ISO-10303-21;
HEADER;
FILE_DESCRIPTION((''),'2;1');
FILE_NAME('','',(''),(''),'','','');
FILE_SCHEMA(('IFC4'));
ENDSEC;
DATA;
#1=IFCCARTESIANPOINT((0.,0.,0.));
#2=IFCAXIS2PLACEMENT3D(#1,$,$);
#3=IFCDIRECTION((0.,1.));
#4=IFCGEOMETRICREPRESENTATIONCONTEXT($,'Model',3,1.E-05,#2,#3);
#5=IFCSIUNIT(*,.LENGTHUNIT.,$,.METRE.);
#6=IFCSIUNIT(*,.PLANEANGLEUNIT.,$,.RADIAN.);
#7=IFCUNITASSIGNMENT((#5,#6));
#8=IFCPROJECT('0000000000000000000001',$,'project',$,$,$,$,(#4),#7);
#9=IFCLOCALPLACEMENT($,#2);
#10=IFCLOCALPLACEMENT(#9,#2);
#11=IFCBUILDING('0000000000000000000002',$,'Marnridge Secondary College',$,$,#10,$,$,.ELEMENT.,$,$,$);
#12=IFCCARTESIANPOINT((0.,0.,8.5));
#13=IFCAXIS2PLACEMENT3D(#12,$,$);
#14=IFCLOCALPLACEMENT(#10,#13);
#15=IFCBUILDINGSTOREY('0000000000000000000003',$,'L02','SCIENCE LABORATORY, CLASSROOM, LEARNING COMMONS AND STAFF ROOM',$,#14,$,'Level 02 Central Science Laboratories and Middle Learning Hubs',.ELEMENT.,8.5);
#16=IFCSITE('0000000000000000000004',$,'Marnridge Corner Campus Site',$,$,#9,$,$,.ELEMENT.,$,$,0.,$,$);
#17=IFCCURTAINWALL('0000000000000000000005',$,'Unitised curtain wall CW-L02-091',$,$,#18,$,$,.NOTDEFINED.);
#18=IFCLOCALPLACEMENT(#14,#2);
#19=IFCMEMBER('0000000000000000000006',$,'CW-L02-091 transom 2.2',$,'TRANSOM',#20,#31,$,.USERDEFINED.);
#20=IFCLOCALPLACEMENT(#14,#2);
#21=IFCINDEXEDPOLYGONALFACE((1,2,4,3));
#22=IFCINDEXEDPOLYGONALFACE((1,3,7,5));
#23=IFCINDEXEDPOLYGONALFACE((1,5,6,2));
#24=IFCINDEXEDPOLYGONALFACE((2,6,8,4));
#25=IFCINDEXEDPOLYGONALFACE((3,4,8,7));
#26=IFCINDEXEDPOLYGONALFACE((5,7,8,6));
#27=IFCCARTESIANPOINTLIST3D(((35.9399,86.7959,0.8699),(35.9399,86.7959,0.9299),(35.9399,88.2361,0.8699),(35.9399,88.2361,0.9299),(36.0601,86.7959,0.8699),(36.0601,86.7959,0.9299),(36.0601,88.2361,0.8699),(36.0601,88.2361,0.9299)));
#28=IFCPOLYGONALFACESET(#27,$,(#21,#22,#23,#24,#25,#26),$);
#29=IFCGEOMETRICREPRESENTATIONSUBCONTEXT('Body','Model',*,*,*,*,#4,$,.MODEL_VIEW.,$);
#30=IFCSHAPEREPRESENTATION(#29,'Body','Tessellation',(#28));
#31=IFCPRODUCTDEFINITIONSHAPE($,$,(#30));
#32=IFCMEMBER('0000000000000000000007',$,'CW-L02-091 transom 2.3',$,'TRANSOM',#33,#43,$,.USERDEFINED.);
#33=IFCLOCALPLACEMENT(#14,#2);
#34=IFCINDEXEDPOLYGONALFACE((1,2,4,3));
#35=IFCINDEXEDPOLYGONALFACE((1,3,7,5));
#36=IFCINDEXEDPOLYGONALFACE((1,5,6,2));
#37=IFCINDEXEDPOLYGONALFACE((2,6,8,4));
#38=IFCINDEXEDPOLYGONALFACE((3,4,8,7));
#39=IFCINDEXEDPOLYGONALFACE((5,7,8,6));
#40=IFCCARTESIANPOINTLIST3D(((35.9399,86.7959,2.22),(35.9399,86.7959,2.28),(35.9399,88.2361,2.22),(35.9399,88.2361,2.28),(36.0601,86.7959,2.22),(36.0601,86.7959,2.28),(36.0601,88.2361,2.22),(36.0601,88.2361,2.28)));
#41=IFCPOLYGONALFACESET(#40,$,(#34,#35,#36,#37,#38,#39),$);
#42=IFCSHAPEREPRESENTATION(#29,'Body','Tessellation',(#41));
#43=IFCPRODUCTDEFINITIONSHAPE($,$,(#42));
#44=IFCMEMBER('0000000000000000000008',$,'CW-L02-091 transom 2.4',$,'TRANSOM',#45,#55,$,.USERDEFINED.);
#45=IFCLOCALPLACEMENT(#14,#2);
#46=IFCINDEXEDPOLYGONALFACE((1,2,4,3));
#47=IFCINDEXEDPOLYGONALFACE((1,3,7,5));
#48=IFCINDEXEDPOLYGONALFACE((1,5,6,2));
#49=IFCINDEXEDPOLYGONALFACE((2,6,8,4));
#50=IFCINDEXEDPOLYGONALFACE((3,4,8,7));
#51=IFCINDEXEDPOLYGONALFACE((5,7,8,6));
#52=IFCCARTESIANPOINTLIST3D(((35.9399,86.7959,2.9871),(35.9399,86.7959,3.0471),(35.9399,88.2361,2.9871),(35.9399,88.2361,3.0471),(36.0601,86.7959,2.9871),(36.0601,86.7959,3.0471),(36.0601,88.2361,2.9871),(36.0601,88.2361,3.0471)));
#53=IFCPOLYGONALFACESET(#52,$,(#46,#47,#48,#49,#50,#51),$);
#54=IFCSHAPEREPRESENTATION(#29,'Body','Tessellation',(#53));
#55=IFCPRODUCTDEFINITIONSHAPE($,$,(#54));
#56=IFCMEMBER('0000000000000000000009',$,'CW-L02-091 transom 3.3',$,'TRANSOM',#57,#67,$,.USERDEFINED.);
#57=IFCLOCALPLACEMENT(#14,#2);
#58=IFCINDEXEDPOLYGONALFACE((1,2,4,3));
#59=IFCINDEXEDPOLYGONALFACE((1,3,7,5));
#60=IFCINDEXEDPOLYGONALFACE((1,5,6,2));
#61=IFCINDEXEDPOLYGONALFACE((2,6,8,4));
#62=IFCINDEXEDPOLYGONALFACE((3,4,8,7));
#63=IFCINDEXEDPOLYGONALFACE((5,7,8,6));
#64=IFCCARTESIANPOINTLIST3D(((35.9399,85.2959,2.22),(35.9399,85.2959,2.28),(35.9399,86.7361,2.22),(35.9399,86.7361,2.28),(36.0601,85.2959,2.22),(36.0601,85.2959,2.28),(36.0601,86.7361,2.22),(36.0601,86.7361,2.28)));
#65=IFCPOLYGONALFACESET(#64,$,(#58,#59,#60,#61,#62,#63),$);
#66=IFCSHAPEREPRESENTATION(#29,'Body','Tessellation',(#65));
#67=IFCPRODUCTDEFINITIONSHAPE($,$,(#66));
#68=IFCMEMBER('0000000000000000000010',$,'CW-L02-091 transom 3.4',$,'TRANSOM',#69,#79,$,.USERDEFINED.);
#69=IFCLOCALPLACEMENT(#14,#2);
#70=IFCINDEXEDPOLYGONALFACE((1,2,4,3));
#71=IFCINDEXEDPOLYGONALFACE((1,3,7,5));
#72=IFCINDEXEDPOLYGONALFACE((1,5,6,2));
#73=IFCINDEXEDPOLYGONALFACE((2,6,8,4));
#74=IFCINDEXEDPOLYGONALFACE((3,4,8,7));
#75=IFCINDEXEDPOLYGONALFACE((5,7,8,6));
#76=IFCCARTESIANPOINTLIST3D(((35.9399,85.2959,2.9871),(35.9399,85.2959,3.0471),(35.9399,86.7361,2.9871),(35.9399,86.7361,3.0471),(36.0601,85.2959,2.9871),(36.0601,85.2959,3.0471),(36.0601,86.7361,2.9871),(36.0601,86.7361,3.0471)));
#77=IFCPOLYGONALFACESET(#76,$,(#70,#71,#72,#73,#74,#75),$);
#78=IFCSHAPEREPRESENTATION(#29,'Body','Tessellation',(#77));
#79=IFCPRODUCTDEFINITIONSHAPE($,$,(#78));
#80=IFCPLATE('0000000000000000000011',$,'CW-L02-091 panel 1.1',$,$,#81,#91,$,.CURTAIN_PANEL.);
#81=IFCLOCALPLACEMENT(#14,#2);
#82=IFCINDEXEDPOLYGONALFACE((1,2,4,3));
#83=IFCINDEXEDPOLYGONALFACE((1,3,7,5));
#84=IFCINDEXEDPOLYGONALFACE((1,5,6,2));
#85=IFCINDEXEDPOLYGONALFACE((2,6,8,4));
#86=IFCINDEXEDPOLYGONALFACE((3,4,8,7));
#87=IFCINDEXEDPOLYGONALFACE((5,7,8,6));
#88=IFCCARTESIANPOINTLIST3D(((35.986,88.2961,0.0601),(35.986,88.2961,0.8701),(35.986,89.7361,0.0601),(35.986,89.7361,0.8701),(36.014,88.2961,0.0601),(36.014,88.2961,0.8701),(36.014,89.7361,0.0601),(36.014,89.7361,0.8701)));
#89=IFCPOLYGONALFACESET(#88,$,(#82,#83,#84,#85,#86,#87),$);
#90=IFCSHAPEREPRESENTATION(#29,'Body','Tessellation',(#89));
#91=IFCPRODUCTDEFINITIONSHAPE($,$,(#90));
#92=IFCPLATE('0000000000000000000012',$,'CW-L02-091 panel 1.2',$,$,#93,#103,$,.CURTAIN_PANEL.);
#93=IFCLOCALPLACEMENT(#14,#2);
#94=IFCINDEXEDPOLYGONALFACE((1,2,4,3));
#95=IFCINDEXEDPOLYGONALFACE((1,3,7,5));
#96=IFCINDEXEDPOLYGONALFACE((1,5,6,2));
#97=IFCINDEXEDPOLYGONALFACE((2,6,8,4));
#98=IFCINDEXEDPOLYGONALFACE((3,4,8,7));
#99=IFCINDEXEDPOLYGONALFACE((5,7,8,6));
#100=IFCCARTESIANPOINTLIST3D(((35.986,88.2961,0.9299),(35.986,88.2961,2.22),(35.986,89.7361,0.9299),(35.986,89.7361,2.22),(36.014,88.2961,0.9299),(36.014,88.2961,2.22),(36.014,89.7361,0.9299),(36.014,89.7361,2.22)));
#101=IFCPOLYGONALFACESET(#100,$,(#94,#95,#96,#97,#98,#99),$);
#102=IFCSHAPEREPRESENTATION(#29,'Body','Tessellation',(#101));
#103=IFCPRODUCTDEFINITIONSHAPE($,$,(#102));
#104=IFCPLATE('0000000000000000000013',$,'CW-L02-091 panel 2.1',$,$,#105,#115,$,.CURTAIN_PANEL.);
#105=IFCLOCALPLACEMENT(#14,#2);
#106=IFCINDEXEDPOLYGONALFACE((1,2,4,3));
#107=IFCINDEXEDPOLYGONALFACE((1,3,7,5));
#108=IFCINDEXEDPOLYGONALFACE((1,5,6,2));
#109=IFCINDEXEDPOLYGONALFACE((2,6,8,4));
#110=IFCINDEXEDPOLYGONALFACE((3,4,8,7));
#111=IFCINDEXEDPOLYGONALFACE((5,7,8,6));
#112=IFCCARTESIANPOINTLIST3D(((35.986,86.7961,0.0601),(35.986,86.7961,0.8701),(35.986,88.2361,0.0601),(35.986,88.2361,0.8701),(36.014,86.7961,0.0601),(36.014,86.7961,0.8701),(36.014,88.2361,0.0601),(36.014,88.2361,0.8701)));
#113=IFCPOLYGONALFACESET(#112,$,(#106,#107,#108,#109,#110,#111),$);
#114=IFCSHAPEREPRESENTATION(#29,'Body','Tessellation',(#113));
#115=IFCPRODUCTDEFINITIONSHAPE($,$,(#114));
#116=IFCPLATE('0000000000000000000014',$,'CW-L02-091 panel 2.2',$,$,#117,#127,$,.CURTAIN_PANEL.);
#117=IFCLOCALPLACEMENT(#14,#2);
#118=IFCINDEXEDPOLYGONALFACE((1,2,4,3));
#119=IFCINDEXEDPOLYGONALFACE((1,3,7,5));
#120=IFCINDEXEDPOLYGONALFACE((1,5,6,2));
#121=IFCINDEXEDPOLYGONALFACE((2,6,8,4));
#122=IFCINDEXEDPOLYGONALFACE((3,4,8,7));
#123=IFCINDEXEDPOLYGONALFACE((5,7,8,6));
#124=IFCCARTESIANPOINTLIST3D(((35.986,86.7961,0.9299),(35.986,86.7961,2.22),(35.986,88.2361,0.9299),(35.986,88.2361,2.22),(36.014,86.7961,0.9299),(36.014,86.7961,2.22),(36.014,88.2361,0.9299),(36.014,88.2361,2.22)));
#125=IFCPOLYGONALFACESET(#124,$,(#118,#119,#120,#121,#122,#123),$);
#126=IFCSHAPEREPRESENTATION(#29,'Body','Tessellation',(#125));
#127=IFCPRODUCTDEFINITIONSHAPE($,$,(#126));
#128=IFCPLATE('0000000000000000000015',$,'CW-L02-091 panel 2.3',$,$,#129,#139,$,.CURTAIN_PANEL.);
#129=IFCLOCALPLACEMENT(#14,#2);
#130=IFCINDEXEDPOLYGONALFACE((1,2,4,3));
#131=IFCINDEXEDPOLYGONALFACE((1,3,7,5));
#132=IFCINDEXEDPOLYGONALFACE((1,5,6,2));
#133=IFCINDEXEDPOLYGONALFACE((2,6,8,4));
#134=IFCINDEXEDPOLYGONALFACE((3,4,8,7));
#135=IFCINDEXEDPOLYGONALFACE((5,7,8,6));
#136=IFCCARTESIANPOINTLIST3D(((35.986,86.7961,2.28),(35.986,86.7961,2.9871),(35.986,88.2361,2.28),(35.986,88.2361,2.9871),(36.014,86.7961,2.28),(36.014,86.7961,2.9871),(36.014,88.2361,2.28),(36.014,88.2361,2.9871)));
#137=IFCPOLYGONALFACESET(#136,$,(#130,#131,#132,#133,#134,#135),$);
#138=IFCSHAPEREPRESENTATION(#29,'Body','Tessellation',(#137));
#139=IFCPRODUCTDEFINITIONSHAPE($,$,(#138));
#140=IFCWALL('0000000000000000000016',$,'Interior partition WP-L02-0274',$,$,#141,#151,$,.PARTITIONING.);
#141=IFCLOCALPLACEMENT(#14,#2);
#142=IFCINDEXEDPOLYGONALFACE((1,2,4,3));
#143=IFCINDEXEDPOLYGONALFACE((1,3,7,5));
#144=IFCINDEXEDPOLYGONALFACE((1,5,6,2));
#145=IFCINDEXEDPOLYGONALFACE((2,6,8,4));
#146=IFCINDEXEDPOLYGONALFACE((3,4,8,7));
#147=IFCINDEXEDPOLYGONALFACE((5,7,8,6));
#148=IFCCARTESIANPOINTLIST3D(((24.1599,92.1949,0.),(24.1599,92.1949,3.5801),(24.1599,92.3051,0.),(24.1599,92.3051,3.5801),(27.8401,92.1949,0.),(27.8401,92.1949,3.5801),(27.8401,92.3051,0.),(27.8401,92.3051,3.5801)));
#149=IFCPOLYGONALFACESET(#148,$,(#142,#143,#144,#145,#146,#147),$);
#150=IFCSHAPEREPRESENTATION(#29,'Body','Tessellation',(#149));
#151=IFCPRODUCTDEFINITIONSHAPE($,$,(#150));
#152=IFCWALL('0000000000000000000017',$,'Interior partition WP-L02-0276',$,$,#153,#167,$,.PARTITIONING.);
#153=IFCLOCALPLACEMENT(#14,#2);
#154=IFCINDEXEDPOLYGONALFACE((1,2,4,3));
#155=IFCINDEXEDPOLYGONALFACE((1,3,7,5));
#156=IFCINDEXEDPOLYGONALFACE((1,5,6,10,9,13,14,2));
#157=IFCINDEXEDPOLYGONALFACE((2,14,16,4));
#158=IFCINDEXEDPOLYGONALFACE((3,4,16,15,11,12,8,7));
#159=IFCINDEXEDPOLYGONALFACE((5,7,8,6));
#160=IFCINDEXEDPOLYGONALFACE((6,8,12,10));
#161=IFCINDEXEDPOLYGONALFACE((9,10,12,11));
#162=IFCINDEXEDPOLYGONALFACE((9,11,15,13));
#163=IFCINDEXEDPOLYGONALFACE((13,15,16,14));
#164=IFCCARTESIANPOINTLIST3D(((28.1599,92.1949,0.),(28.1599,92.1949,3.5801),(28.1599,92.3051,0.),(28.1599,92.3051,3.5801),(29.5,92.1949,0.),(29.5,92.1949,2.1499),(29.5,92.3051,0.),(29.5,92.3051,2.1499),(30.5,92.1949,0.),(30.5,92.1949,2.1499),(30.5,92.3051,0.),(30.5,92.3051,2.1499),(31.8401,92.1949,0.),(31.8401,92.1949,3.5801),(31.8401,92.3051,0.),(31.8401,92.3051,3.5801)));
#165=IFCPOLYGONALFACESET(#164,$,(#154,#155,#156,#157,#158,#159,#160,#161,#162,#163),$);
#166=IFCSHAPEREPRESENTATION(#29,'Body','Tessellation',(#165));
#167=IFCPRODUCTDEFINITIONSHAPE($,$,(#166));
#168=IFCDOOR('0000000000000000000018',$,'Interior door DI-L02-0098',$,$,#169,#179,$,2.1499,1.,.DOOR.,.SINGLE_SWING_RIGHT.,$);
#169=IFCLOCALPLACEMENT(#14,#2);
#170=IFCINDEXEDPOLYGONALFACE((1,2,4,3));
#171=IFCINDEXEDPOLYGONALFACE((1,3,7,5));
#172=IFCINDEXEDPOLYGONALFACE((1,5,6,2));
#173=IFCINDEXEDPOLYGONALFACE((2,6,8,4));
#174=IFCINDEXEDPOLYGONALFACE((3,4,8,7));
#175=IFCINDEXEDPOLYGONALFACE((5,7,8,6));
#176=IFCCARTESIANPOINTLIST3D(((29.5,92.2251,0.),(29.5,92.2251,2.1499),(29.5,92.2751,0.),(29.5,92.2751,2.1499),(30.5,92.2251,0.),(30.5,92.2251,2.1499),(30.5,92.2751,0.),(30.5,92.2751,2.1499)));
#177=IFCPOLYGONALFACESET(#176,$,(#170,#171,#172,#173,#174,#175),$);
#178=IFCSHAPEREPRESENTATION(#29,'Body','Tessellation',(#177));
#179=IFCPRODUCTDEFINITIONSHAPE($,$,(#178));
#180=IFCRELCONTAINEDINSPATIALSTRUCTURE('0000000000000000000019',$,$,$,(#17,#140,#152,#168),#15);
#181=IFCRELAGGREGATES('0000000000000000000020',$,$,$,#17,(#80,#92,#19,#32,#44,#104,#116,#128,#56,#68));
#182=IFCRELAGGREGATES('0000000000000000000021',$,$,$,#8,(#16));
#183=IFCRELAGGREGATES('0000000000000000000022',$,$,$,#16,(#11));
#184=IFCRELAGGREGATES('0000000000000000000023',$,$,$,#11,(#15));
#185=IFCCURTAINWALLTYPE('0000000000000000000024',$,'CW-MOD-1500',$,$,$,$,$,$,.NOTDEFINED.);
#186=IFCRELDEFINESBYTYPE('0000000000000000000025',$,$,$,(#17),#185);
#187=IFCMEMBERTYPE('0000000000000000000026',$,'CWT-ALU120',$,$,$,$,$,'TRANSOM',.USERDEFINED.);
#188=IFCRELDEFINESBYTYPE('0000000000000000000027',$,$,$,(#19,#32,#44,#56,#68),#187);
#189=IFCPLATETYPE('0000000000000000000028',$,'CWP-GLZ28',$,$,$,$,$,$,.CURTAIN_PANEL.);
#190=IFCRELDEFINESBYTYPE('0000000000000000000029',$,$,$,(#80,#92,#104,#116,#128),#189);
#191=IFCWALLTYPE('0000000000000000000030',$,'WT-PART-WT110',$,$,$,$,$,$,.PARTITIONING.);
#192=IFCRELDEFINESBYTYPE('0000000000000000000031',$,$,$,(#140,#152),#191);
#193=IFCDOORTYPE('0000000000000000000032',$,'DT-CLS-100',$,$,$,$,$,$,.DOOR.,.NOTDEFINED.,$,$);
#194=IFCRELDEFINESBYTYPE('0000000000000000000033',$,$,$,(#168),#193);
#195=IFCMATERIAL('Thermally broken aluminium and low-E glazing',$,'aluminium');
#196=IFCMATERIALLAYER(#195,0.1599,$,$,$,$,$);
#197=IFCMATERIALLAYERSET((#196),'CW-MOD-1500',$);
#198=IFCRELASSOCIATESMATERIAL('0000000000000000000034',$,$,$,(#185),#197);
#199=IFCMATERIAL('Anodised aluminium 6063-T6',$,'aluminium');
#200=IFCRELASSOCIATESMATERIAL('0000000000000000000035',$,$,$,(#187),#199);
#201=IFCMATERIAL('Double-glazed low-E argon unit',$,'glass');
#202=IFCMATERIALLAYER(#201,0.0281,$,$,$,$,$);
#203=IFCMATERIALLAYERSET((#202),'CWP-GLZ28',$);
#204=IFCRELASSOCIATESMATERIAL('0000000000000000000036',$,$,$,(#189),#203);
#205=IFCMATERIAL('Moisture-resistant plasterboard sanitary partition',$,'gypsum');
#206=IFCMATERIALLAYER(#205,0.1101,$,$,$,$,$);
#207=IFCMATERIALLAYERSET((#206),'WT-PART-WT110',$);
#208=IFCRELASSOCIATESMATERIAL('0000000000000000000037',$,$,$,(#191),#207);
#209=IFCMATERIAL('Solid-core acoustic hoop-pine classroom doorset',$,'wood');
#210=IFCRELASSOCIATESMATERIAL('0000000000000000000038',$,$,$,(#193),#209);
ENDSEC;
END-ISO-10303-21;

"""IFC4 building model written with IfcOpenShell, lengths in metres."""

from ifc_helpers import new_model, si_unit, direction, frame, frame_2d, origin, origin_2d, place, context, subcontext, project, spatial, rectangle, extrude, material, layer, layer_set, material_profile, profile_set, type_object, element, fill, aggregate, save


model = new_model("IFC4")

# Units and contexts
model_context = context("Model", 3, precision=1e-05, world=origin(), true_north=direction((0.0, 1.0)))
body_context = subcontext(model_context, "Body", "Model", "MODEL_VIEW")
ifc_project = project(units=[si_unit("LENGTHUNIT", "METRE"), si_unit("PLANEANGLEUNIT", "RADIAN")], contexts=[model_context])

# Site, building, storey
site_placement = place(None, origin())
site = spatial("IfcSite", under=ifc_project, at=site_placement, Name="Marnridge Corner Campus Site", CompositionType="ELEMENT", RefElevation=0.0)
building_placement = place(site_placement, origin())
building = spatial("IfcBuilding", under=site, at=building_placement, Name="Marnridge Secondary College", CompositionType="ELEMENT")
storey_placement = place(building_placement, frame((0.0, 0.0, 8.5)))
storey = spatial("IfcBuildingStorey", under=building, at=storey_placement, Name="L02", Description="SCIENCE LABORATORY, CLASSROOM, LEARNING COMMONS AND STAFF ROOM", LongName="Level 02 Central Science Laboratories and Middle Learning Hubs", CompositionType="ELEMENT", Elevation=8.5)

# Curtain wall, members, plates
ifc_material_1 = material(Name="Thermally broken aluminium and low-E glazing", Category="aluminium")
ifc_layer_1 = layer(ifc_material_1, 0.1599)
ifc_layer_set_1 = layer_set([ifc_layer_1], Name="CW-MOD-1500")
curtain_wall_type = type_object("IfcCurtainWallType", Name="CW-MOD-1500", PredefinedType="NOTDEFINED", material=ifc_layer_set_1)
curtain_wall_placement = place(storey_placement, origin())
curtain_wall = element("IfcCurtainWall", 1, at=curtain_wall_placement, inside=storey, type_object=curtain_wall_type, Name="Unitised curtain wall CW-L02-091", PredefinedType="NOTDEFINED")
ifc_material_2 = material(Name="Anodised aluminium 6063-T6", Category="aluminium")
ifc_material_profile_1 = material_profile(ifc_material_2, rectangle(XDim=0.0601, YDim=0.1201, at=origin_2d()), Name="ALU 60x120")
ifc_profile_set_1 = profile_set([ifc_material_profile_1], Name="Anodised aluminium 6063-T6")
member_type_1 = type_object("IfcMemberType", Name="CWT-ALU120", ElementType="TRANSOM", PredefinedType="USERDEFINED", material=ifc_profile_set_1)
member_1_placement = place(storey_placement, frame((36.0, 88.2361, 0.8999), z_axis=(0.0, -1.0, 0.0), x_axis=(0.0, 0.0, 1.0)))
member_1 = element("IfcMember", 2, at=member_1_placement, type_object=member_type_1, Name="CW-L02-091 transom 2.2", ObjectType="TRANSOM", PredefinedType="USERDEFINED", context=body_context, shape_type="SweptSolid", body=[
    extrude(rectangle(XDim=0.0601, YDim=0.1201, at=origin_2d()), origin(), (0.0, 0.0, 1.0), 1.4402),
])
member_2_placement = place(storey_placement, frame((36.0, 88.2361, 2.25), z_axis=(0.0, -1.0, 0.0), x_axis=(0.0, 0.0, 1.0)))
member_2 = element("IfcMember", 3, at=member_2_placement, type_object=member_type_1, Name="CW-L02-091 transom 2.3", ObjectType="TRANSOM", PredefinedType="USERDEFINED", context=body_context, shape_type="SweptSolid", body=[
    extrude(rectangle(XDim=0.0601, YDim=0.1201, at=origin_2d()), origin(), (0.0, 0.0, 1.0), 1.4402),
])
member_3_placement = place(storey_placement, frame((36.0, 88.2361, 3.0171), z_axis=(0.0, -1.0, 0.0), x_axis=(0.0, 0.0, 1.0)))
member_3 = element("IfcMember", 4, at=member_3_placement, type_object=member_type_1, Name="CW-L02-091 transom 2.4", ObjectType="TRANSOM", PredefinedType="USERDEFINED", context=body_context, shape_type="SweptSolid", body=[
    extrude(rectangle(XDim=0.0601, YDim=0.1201, at=origin_2d()), origin(), (0.0, 0.0, 1.0), 1.4402),
])
member_4_placement = place(storey_placement, frame((36.0, 86.7361, 2.25), z_axis=(0.0, -1.0, 0.0), x_axis=(0.0, 0.0, 1.0)))
member_4 = element("IfcMember", 5, at=member_4_placement, type_object=member_type_1, Name="CW-L02-091 transom 3.3", ObjectType="TRANSOM", PredefinedType="USERDEFINED", context=body_context, shape_type="SweptSolid", body=[
    extrude(rectangle(XDim=0.0601, YDim=0.1201, at=origin_2d()), origin(), (0.0, 0.0, 1.0), 1.4402),
])
member_5_placement = place(storey_placement, frame((36.0, 86.7361, 3.0171), z_axis=(0.0, -1.0, 0.0), x_axis=(0.0, 0.0, 1.0)))
member_5 = element("IfcMember", 6, at=member_5_placement, type_object=member_type_1, Name="CW-L02-091 transom 3.4", ObjectType="TRANSOM", PredefinedType="USERDEFINED", context=body_context, shape_type="SweptSolid", body=[
    extrude(rectangle(XDim=0.0601, YDim=0.1201, at=origin_2d()), origin(), (0.0, 0.0, 1.0), 1.4402),
])
ifc_material_3 = material(Name="Double-glazed low-E argon unit", Category="glass")
ifc_layer_2 = layer(ifc_material_3, 0.0281)
ifc_layer_set_2 = layer_set([ifc_layer_2], Name="CWP-GLZ28")
plate_type = type_object("IfcPlateType", Name="CWP-GLZ28", PredefinedType="CURTAIN_PANEL", material=ifc_layer_set_2)
plate_1_placement = place(storey_placement, frame((36.0, 89.0161, 0.0601), z_axis=(0.0, 0.0, 1.0), x_axis=(0.0, -1.0, 0.0)))
plate_1 = element("IfcPlate", 7, at=plate_1_placement, type_object=plate_type, Name="CW-L02-091 panel 1.1", PredefinedType="CURTAIN_PANEL", context=body_context, shape_type="SweptSolid", body=[
    extrude(rectangle(XDim=1.4399, YDim=0.0281, at=origin_2d()), origin(), (0.0, 0.0, 1.0), 0.8101),
])
plate_2_placement = place(storey_placement, frame((36.0, 89.0161, 0.9299), z_axis=(0.0, 0.0, 1.0), x_axis=(0.0, -1.0, 0.0)))
plate_2 = element("IfcPlate", 8, at=plate_2_placement, type_object=plate_type, Name="CW-L02-091 panel 1.2", PredefinedType="CURTAIN_PANEL", context=body_context, shape_type="SweptSolid", body=[
    extrude(rectangle(XDim=1.4399, YDim=0.0281, at=origin_2d()), origin(), (0.0, 0.0, 1.0), 1.29),
])
plate_3_placement = place(storey_placement, frame((36.0, 87.5161, 0.0601), z_axis=(0.0, 0.0, 1.0), x_axis=(0.0, -1.0, 0.0)))
plate_3 = element("IfcPlate", 9, at=plate_3_placement, type_object=plate_type, Name="CW-L02-091 panel 2.1", PredefinedType="CURTAIN_PANEL", context=body_context, shape_type="SweptSolid", body=[
    extrude(rectangle(XDim=1.4399, YDim=0.0281, at=origin_2d()), origin(), (0.0, 0.0, 1.0), 0.8101),
])
plate_4_placement = place(storey_placement, frame((36.0, 87.5161, 0.9299), z_axis=(0.0, 0.0, 1.0), x_axis=(0.0, -1.0, 0.0)))
plate_4 = element("IfcPlate", 10, at=plate_4_placement, type_object=plate_type, Name="CW-L02-091 panel 2.2", PredefinedType="CURTAIN_PANEL", context=body_context, shape_type="SweptSolid", body=[
    extrude(rectangle(XDim=1.4399, YDim=0.0281, at=origin_2d()), origin(), (0.0, 0.0, 1.0), 1.29),
])
plate_5_placement = place(storey_placement, frame((36.0, 87.5161, 2.28), z_axis=(0.0, 0.0, 1.0), x_axis=(0.0, -1.0, 0.0)))
plate_5 = element("IfcPlate", 11, at=plate_5_placement, type_object=plate_type, Name="CW-L02-091 panel 2.3", PredefinedType="CURTAIN_PANEL", context=body_context, shape_type="SweptSolid", body=[
    extrude(rectangle(XDim=1.4399, YDim=0.0281, at=origin_2d()), origin(), (0.0, 0.0, 1.0), 0.707),
])
aggregate(curtain_wall, [plate_1, plate_2, member_1, member_2, member_3, plate_3, plate_4, plate_5, member_4, member_5])

# Wall
ifc_material_4 = material(Name="Moisture-resistant plasterboard sanitary partition", Category="gypsum")
ifc_layer_3 = layer(ifc_material_4, 0.1101)
ifc_layer_set_3 = layer_set([ifc_layer_3], Name="WT-PART-WT110")
wall_type = type_object("IfcWallType", Name="WT-PART-WT110", PredefinedType="PARTITIONING", material=ifc_layer_set_3)
wall_1_placement = place(storey_placement, frame((27.8401, 92.25, 0.0), z_axis=(0.0, 0.0, 1.0), x_axis=(-1.0, 0.0, 0.0)))
element("IfcWall", 12, at=wall_1_placement, inside=storey, type_object=wall_type, Name="Interior partition WP-L02-0274", PredefinedType="PARTITIONING", context=body_context, shape_type="SweptSolid", body=[
    extrude(rectangle(XDim=3.6802, YDim=0.1101, at=frame_2d((1.8401, 0.0))), origin(), (0.0, 0.0, 1.0), 3.5801),
])

# Wall, opening, door
wall_2_placement = place(storey_placement, frame((31.8401, 92.25, 0.0), z_axis=(0.0, 0.0, 1.0), x_axis=(-1.0, 0.0, 0.0)))
wall_2 = element("IfcWall", 13, at=wall_2_placement, inside=storey, type_object=wall_type, Name="Interior partition WP-L02-0276", PredefinedType="PARTITIONING", context=body_context, shape_type="SweptSolid", body=[
    extrude(rectangle(XDim=3.6802, YDim=0.1101, at=frame_2d((1.8401, 0.0))), origin(), (0.0, 0.0, 1.0), 3.5801),
])
opening_1_placement = place(wall_2_placement, frame((1.3401, 0.0, 0.0)))
opening_1 = element("IfcOpeningElement", 14, at=opening_1_placement, cuts=wall_2, PredefinedType="OPENING", context=body_context, shape_type="SweptSolid", body=[
    extrude(rectangle(XDim=1.0, YDim=2.1499, at=frame_2d((0.5, 1.075))), frame((0.0, 0.0649, 0.0), z_axis=(0.0, -1.0, 0.0), x_axis=(1.0, 0.0, 0.0)), (0.0, 0.0, 1.0), 0.1301),
])
ifc_material_5 = material(Name="Solid-core acoustic hoop-pine classroom doorset", Category="wood")
door_type = type_object("IfcDoorType", Name="DT-CLS-100", OperationType="NOTDEFINED", PredefinedType="DOOR", material=ifc_material_5)
door_1_placement = place(opening_1_placement, origin())
door_1 = element("IfcDoor", 15, at=door_1_placement, inside=storey, type_object=door_type, Name="Interior door DI-L02-0098", OperationType="SINGLE_SWING_RIGHT", OverallHeight=2.1499, OverallWidth=1.0, PredefinedType="DOOR", context=body_context, shape_type="SweptSolid", body=[
    extrude(rectangle(XDim=1.0, YDim=2.1499, at=frame_2d((0.5, 1.075))), frame((0.0, 0.0249, 0.0), z_axis=(0.0, -1.0, 0.0), x_axis=(1.0, 0.0, 0.0)), (0.0, 0.0, 1.0), 0.05),
])
fill(opening_1, door_1)

save(model, "model.ifc")
